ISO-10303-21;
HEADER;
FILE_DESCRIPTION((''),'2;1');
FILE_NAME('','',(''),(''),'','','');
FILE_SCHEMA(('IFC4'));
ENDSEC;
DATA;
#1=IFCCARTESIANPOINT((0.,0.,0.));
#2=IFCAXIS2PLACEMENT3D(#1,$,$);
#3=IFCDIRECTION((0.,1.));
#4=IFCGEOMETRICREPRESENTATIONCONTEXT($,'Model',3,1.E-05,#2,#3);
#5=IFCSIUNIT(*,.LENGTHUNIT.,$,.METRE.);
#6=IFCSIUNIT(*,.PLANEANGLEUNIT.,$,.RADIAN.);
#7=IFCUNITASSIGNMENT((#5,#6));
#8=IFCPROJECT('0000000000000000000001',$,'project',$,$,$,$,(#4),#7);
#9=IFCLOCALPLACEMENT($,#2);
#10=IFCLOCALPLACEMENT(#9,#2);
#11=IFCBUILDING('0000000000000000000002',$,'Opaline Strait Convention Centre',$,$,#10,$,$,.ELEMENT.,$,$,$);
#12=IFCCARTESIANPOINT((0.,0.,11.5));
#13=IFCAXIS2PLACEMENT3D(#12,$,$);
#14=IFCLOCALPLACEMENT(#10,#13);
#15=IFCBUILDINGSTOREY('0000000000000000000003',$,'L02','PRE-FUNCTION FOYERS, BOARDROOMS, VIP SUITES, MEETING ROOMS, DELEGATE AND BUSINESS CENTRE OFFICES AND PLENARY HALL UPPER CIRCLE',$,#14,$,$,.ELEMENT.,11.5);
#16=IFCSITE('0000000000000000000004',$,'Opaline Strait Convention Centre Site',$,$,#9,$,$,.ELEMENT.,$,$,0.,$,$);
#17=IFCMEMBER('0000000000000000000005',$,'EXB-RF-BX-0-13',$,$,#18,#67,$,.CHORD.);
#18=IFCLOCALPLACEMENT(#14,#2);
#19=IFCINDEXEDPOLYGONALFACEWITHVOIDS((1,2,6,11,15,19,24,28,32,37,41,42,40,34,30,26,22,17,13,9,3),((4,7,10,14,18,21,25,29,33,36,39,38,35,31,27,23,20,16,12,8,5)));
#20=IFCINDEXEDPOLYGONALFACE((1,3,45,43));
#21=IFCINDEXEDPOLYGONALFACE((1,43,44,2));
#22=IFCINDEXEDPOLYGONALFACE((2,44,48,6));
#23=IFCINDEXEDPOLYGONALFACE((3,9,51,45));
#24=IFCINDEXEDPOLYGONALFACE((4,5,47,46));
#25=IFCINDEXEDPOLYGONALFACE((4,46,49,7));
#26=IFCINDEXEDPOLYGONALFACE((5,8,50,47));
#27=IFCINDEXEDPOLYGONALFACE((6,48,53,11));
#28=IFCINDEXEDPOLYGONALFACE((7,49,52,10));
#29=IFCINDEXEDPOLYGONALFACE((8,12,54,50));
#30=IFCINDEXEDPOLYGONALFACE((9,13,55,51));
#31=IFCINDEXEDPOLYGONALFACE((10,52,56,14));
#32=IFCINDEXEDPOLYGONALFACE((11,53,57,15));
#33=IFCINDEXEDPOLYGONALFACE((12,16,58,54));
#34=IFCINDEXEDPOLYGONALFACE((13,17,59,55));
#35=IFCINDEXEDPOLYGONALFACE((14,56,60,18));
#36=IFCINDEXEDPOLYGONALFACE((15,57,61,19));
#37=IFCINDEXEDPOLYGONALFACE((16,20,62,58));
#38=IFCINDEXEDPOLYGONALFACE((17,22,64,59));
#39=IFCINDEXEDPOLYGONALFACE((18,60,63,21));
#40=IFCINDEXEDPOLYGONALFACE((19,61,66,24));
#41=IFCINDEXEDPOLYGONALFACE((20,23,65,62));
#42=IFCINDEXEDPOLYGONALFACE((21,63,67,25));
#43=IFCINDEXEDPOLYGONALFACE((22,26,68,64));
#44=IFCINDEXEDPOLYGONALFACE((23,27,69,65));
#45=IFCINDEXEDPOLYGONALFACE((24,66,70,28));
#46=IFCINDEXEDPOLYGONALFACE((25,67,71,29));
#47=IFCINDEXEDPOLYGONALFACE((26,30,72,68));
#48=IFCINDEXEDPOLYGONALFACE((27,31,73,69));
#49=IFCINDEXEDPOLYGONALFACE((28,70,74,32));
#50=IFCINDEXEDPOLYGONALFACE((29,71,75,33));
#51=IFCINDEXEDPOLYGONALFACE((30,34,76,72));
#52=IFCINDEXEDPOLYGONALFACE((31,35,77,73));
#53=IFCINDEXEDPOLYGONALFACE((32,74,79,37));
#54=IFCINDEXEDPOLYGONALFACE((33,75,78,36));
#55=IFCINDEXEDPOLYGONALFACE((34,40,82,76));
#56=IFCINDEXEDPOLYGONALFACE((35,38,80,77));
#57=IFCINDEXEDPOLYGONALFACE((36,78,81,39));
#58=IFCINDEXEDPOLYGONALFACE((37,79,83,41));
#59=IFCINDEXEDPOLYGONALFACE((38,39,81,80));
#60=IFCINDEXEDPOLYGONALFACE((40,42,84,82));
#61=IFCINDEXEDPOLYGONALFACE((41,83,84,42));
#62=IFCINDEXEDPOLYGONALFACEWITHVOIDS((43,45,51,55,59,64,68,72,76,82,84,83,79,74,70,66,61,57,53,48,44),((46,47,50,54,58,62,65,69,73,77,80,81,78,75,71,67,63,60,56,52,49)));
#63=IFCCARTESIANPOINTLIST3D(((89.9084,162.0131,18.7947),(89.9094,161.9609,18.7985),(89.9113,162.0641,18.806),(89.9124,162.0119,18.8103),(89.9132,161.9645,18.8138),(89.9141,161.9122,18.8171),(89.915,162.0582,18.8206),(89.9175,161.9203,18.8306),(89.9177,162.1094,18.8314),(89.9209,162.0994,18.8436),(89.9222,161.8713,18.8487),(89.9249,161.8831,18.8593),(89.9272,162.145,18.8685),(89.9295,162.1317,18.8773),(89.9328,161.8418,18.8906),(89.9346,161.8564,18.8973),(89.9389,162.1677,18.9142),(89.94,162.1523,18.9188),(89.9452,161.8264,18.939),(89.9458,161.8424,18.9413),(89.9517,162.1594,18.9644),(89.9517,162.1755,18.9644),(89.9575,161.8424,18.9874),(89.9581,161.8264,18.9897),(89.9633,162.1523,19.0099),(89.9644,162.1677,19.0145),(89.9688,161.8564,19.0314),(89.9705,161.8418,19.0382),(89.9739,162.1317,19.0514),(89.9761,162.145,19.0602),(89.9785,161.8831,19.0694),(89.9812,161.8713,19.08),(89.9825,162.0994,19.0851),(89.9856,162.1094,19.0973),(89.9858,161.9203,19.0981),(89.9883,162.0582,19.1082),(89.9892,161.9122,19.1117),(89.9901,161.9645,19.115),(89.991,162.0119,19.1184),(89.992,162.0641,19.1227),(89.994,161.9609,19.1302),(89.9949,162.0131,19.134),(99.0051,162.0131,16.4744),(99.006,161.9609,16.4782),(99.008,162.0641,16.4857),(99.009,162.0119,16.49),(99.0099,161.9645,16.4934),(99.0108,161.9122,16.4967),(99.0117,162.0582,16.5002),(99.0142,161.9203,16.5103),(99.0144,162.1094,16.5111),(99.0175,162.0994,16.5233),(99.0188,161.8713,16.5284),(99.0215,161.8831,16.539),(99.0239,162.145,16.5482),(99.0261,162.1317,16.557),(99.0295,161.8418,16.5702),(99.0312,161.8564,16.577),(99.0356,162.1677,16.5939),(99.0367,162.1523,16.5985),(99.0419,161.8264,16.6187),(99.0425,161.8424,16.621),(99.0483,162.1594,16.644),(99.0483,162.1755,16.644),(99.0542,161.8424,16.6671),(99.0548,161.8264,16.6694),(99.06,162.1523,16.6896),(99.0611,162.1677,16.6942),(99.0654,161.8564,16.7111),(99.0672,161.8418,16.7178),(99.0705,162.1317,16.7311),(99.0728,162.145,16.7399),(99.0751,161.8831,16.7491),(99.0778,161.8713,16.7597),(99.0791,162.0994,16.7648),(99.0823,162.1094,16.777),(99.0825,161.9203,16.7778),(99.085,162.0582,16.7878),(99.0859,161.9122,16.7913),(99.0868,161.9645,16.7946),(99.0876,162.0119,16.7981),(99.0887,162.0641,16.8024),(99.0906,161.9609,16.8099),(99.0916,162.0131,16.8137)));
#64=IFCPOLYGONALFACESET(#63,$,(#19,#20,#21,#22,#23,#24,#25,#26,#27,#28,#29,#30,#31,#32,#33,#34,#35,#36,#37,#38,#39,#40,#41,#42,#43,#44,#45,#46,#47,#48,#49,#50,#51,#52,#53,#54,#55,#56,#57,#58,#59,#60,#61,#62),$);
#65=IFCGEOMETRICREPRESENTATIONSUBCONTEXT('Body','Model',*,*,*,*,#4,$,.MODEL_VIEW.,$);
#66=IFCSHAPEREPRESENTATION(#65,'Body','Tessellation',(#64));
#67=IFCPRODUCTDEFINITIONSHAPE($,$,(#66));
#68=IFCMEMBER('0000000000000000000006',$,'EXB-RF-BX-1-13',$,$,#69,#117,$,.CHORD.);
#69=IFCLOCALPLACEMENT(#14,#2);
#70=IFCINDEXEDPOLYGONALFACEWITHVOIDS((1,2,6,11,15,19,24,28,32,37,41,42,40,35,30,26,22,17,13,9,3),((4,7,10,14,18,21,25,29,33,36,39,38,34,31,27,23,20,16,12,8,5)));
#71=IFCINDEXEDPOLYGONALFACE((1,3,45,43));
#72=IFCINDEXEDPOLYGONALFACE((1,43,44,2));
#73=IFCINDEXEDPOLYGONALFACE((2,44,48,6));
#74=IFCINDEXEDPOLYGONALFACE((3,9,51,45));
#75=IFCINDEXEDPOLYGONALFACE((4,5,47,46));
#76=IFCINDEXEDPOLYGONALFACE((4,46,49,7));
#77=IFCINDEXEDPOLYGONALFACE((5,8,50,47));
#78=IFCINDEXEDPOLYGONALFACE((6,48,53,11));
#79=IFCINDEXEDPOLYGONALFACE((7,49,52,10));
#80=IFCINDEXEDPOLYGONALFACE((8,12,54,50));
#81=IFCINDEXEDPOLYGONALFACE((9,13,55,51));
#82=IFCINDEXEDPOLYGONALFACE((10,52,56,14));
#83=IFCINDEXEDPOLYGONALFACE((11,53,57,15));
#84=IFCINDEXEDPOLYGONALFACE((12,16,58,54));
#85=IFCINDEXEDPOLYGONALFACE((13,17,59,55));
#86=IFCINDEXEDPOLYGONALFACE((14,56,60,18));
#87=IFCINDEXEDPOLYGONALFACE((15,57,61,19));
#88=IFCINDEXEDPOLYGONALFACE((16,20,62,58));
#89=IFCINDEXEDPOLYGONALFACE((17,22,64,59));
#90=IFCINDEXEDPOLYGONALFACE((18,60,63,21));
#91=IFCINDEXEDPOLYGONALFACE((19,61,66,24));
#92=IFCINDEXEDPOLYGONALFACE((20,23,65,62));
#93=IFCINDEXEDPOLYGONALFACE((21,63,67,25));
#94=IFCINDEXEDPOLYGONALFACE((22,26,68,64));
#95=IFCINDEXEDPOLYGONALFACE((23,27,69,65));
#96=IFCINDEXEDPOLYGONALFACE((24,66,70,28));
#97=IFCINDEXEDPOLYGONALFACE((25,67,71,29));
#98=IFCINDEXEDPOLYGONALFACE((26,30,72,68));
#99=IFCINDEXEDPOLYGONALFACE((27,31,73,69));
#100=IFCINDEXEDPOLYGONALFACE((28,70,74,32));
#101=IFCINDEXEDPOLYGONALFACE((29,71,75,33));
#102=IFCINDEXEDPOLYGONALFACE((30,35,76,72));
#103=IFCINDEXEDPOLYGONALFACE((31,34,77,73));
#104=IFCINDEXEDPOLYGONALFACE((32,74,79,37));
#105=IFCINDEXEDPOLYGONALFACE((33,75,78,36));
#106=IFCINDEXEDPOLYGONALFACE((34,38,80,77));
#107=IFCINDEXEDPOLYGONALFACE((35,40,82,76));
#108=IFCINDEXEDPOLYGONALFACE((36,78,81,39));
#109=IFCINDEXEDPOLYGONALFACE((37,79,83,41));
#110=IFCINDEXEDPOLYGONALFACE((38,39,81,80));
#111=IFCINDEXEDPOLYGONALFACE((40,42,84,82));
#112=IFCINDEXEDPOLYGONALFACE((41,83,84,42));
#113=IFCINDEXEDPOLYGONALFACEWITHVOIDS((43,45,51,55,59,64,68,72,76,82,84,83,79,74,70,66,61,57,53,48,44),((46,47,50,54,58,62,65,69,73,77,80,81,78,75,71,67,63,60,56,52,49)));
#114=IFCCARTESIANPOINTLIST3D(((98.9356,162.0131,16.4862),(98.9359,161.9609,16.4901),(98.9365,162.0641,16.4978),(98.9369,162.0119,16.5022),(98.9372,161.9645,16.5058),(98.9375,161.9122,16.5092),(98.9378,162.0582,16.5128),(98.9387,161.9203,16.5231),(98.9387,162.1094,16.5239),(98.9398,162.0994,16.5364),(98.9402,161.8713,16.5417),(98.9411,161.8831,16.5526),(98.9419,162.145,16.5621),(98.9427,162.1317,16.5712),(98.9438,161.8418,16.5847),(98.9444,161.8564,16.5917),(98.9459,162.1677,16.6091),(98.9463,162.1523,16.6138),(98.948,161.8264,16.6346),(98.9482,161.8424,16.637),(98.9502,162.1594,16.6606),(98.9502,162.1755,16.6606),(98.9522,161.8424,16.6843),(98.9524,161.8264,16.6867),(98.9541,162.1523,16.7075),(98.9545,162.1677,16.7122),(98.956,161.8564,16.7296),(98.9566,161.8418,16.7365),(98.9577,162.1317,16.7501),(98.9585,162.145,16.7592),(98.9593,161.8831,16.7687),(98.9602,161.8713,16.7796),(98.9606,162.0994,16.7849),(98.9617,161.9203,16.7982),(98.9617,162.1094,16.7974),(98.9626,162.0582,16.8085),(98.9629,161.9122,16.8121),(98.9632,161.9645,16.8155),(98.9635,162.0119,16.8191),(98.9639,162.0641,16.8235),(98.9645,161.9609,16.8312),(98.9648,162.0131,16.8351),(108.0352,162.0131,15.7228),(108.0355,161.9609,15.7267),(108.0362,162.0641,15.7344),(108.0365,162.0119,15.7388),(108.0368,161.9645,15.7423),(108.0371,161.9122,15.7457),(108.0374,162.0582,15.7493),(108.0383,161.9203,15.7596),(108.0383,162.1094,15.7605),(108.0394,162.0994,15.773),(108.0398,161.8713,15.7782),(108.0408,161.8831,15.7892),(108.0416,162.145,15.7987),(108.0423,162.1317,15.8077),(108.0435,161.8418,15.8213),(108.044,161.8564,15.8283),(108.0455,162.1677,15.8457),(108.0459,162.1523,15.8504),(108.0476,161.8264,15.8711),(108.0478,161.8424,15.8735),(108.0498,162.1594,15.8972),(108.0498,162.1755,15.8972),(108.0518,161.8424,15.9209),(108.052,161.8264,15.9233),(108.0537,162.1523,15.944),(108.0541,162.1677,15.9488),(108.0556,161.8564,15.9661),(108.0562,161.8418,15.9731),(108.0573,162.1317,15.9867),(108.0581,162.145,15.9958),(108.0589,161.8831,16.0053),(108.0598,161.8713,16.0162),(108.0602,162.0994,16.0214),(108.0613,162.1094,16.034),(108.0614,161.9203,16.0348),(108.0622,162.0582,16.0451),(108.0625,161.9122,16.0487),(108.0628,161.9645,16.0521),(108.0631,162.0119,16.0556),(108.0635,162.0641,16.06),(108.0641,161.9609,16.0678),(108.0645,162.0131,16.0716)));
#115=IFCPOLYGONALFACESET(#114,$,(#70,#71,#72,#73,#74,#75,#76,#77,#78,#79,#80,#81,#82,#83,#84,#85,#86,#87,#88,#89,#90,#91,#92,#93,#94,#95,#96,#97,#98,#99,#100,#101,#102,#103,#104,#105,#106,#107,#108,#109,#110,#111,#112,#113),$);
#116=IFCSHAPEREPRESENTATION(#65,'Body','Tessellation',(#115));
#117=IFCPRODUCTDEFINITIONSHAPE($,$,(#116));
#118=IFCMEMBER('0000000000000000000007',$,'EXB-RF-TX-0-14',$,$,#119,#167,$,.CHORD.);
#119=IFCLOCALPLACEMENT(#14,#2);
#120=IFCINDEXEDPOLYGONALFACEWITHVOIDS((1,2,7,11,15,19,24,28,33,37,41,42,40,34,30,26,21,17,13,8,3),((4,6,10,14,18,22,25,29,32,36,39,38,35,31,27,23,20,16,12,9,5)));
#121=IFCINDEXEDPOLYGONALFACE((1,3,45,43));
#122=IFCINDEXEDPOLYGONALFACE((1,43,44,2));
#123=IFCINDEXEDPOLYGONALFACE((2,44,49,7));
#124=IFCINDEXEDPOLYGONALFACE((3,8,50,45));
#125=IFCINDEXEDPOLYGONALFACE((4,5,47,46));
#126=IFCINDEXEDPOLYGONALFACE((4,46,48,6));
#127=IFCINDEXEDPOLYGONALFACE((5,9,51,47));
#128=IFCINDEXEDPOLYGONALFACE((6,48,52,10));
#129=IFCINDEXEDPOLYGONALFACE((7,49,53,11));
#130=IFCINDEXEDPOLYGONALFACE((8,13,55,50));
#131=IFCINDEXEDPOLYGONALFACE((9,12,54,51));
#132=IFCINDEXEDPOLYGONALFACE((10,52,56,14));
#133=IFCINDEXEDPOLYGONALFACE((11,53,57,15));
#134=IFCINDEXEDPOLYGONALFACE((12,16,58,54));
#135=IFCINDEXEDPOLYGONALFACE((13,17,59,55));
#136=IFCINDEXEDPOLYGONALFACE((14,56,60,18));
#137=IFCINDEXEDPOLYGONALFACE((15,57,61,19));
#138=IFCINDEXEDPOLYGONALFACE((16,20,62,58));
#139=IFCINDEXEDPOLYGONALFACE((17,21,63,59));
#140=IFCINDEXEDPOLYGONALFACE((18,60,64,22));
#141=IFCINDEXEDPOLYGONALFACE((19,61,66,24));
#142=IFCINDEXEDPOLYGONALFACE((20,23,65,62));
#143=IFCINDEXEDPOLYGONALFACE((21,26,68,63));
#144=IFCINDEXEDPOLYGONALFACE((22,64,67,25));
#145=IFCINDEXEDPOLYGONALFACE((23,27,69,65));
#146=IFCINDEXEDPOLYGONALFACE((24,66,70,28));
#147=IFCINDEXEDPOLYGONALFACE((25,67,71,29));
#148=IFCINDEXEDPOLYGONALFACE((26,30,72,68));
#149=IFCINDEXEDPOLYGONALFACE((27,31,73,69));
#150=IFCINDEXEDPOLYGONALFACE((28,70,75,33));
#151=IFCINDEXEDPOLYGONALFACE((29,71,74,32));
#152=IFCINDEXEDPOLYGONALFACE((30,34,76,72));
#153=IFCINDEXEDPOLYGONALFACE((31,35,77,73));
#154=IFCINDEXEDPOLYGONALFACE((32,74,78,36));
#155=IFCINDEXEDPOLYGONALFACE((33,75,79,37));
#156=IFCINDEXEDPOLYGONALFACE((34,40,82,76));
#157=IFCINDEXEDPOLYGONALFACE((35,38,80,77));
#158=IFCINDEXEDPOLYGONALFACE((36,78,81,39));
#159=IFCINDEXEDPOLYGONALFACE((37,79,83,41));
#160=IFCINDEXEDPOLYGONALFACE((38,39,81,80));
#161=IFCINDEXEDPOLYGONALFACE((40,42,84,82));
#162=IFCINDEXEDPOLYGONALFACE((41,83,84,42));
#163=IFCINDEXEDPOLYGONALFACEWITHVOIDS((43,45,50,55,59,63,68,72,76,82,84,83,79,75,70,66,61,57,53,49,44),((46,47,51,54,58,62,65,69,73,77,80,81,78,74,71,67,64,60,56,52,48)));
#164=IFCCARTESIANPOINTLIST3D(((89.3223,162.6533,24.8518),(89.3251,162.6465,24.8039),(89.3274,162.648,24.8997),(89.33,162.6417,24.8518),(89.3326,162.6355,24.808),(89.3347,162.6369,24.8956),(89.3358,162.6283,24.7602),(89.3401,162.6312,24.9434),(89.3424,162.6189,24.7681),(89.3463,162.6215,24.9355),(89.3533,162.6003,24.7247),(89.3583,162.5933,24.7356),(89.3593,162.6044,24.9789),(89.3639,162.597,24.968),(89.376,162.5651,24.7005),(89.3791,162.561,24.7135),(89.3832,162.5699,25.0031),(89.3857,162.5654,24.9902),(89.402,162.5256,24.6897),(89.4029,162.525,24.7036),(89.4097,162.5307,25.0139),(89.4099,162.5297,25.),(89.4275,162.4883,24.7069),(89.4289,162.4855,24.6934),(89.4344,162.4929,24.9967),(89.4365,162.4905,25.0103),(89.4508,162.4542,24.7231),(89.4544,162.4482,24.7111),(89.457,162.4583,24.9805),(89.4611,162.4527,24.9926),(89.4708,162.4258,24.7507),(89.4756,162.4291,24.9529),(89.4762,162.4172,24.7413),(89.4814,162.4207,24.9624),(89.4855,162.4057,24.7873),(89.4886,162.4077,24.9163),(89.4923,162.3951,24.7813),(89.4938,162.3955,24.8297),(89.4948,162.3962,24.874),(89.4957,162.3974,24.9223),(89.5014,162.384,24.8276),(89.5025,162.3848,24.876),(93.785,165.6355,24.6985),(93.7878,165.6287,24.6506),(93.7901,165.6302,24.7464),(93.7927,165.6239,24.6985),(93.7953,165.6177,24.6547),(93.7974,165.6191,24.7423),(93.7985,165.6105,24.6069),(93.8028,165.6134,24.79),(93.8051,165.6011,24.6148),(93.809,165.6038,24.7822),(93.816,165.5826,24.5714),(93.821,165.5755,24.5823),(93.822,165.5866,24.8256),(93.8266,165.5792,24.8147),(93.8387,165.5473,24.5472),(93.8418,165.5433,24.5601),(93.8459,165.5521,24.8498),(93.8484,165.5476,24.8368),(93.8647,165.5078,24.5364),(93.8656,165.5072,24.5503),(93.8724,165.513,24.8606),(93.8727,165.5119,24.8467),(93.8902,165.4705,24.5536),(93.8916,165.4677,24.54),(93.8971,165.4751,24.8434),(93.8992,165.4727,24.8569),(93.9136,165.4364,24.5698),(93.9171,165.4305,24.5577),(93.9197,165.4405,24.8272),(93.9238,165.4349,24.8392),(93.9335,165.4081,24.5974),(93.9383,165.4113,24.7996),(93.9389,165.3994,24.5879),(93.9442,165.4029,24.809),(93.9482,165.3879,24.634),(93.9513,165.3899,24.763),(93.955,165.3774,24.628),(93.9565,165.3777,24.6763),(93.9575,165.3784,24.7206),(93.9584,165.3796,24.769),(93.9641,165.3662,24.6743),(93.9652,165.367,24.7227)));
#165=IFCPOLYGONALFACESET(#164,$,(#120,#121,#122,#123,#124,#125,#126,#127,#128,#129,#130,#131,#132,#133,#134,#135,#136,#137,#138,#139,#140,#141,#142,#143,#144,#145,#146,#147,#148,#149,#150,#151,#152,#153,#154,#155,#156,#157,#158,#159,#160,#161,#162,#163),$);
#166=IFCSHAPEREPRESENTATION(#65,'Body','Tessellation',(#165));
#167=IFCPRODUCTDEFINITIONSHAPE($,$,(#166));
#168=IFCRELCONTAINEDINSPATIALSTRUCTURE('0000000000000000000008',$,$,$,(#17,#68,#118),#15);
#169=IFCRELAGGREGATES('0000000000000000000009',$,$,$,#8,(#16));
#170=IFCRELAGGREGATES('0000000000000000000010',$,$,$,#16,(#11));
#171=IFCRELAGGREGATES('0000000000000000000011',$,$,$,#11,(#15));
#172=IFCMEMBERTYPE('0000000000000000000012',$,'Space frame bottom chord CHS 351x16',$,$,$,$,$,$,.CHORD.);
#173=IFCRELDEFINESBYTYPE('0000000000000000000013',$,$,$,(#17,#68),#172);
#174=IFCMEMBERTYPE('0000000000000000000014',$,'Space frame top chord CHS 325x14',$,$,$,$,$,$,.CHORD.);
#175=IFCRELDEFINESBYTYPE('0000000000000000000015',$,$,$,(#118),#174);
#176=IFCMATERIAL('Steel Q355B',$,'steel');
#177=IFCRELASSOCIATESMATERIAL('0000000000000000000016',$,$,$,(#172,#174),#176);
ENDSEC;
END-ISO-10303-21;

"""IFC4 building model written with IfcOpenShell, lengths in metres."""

from ifc_helpers import new_model, si_unit, direction, frame, origin, origin_2d, place, context, subcontext, project, spatial, hollow_circle, extrude, material, material_profile, profile_set, type_object, element, save


model = new_model("IFC4")

# Units and contexts
model_context = context("Model", 3, precision=1e-05, world=origin(), true_north=direction((0.0, 1.0)))
body_context = subcontext(model_context, "Body", "Model", "MODEL_VIEW")
ifc_project = project(units=[si_unit("LENGTHUNIT", "METRE"), si_unit("PLANEANGLEUNIT", "RADIAN")], contexts=[model_context])

# Site, building, storey
site_placement = place(None, origin())
site = spatial("IfcSite", under=ifc_project, at=site_placement, Name="Opaline Strait Convention Centre Site", CompositionType="ELEMENT", RefElevation=0.0)
building_placement = place(site_placement, origin())
building = spatial("IfcBuilding", under=site, at=building_placement, Name="Opaline Strait Convention Centre", CompositionType="ELEMENT")
storey_placement = place(building_placement, frame((0.0, 0.0, 11.5)))
storey = spatial("IfcBuildingStorey", under=building, at=storey_placement, Name="L02", Description="PRE-FUNCTION FOYERS, BOARDROOMS, VIP SUITES, MEETING ROOMS, DELEGATE AND BUSINESS CENTRE OFFICES AND PLENARY HALL UPPER CIRCLE", CompositionType="ELEMENT", Elevation=11.5)

# Members
ifc_material_1 = material(Name="Steel Q355B", Category="steel")
ifc_material_profile_1 = material_profile(ifc_material_1, hollow_circle(Radius=0.1755, WallThickness=0.0161, at=origin_2d()), Name="CHS 351x16")
ifc_profile_set_1 = profile_set([ifc_material_profile_1], Name="Steel Q355B")
member_type_1 = type_object("IfcMemberType", Name="Space frame bottom chord CHS 351x16", PredefinedType="CHORD", material=ifc_profile_set_1)
member_1_placement = place(storey_placement, frame((89.9517, 162.0, 18.9644), z_axis=(0.968975, 0.0, -0.247159), x_axis=(0.0, 1.0, 0.0)))
element("IfcMember", 1, at=member_1_placement, inside=storey, type_object=member_type_1, Name="EXB-RF-BX-0-13", PredefinedType="CHORD", context=body_context, shape_type="SweptSolid", body=[
    extrude(hollow_circle(Radius=0.1755, WallThickness=0.0161, at=origin_2d()), origin(), (0.0, 0.0, 1.0), 9.3879),
])
member_2_placement = place(storey_placement, frame((98.9502, 162.0, 16.6606), z_axis=(0.996499, 0.0, -0.083603), x_axis=(0.0, 1.0, 0.0)))
element("IfcMember", 2, at=member_2_placement, inside=storey, type_object=member_type_1, Name="EXB-RF-BX-1-13", PredefinedType="CHORD", context=body_context, shape_type="SweptSolid", body=[
    extrude(hollow_circle(Radius=0.1755, WallThickness=0.0161, at=origin_2d()), origin(), (0.0, 0.0, 1.0), 9.1316),
])
ifc_material_profile_2 = material_profile(ifc_material_1, hollow_circle(Radius=0.1626, WallThickness=0.0139, at=origin_2d()), Name="CHS 325x14")
ifc_profile_set_2 = profile_set([ifc_material_profile_2], Name="Steel Q355B")
member_type_2 = type_object("IfcMemberType", Name="Space frame top chord CHS 325x14", PredefinedType="CHORD", material=ifc_profile_set_2)
member_3_placement = place(storey_placement, frame((89.4126, 162.5181, 24.8518), z_axis=(0.831102, 0.555387, -0.028554), x_axis=(-0.555613, 0.831441, 0.0)))
element("IfcMember", 3, at=member_3_placement, inside=storey, type_object=member_type_2, Name="EXB-RF-TX-0-14", PredefinedType="CHORD", context=body_context, shape_type="SweptSolid", body=[
    extrude(hollow_circle(Radius=0.1626, WallThickness=0.0139, at=origin_2d()), origin(), (0.0, 0.0, 1.0), 5.3696),
])

save(model, "model.ifc")
